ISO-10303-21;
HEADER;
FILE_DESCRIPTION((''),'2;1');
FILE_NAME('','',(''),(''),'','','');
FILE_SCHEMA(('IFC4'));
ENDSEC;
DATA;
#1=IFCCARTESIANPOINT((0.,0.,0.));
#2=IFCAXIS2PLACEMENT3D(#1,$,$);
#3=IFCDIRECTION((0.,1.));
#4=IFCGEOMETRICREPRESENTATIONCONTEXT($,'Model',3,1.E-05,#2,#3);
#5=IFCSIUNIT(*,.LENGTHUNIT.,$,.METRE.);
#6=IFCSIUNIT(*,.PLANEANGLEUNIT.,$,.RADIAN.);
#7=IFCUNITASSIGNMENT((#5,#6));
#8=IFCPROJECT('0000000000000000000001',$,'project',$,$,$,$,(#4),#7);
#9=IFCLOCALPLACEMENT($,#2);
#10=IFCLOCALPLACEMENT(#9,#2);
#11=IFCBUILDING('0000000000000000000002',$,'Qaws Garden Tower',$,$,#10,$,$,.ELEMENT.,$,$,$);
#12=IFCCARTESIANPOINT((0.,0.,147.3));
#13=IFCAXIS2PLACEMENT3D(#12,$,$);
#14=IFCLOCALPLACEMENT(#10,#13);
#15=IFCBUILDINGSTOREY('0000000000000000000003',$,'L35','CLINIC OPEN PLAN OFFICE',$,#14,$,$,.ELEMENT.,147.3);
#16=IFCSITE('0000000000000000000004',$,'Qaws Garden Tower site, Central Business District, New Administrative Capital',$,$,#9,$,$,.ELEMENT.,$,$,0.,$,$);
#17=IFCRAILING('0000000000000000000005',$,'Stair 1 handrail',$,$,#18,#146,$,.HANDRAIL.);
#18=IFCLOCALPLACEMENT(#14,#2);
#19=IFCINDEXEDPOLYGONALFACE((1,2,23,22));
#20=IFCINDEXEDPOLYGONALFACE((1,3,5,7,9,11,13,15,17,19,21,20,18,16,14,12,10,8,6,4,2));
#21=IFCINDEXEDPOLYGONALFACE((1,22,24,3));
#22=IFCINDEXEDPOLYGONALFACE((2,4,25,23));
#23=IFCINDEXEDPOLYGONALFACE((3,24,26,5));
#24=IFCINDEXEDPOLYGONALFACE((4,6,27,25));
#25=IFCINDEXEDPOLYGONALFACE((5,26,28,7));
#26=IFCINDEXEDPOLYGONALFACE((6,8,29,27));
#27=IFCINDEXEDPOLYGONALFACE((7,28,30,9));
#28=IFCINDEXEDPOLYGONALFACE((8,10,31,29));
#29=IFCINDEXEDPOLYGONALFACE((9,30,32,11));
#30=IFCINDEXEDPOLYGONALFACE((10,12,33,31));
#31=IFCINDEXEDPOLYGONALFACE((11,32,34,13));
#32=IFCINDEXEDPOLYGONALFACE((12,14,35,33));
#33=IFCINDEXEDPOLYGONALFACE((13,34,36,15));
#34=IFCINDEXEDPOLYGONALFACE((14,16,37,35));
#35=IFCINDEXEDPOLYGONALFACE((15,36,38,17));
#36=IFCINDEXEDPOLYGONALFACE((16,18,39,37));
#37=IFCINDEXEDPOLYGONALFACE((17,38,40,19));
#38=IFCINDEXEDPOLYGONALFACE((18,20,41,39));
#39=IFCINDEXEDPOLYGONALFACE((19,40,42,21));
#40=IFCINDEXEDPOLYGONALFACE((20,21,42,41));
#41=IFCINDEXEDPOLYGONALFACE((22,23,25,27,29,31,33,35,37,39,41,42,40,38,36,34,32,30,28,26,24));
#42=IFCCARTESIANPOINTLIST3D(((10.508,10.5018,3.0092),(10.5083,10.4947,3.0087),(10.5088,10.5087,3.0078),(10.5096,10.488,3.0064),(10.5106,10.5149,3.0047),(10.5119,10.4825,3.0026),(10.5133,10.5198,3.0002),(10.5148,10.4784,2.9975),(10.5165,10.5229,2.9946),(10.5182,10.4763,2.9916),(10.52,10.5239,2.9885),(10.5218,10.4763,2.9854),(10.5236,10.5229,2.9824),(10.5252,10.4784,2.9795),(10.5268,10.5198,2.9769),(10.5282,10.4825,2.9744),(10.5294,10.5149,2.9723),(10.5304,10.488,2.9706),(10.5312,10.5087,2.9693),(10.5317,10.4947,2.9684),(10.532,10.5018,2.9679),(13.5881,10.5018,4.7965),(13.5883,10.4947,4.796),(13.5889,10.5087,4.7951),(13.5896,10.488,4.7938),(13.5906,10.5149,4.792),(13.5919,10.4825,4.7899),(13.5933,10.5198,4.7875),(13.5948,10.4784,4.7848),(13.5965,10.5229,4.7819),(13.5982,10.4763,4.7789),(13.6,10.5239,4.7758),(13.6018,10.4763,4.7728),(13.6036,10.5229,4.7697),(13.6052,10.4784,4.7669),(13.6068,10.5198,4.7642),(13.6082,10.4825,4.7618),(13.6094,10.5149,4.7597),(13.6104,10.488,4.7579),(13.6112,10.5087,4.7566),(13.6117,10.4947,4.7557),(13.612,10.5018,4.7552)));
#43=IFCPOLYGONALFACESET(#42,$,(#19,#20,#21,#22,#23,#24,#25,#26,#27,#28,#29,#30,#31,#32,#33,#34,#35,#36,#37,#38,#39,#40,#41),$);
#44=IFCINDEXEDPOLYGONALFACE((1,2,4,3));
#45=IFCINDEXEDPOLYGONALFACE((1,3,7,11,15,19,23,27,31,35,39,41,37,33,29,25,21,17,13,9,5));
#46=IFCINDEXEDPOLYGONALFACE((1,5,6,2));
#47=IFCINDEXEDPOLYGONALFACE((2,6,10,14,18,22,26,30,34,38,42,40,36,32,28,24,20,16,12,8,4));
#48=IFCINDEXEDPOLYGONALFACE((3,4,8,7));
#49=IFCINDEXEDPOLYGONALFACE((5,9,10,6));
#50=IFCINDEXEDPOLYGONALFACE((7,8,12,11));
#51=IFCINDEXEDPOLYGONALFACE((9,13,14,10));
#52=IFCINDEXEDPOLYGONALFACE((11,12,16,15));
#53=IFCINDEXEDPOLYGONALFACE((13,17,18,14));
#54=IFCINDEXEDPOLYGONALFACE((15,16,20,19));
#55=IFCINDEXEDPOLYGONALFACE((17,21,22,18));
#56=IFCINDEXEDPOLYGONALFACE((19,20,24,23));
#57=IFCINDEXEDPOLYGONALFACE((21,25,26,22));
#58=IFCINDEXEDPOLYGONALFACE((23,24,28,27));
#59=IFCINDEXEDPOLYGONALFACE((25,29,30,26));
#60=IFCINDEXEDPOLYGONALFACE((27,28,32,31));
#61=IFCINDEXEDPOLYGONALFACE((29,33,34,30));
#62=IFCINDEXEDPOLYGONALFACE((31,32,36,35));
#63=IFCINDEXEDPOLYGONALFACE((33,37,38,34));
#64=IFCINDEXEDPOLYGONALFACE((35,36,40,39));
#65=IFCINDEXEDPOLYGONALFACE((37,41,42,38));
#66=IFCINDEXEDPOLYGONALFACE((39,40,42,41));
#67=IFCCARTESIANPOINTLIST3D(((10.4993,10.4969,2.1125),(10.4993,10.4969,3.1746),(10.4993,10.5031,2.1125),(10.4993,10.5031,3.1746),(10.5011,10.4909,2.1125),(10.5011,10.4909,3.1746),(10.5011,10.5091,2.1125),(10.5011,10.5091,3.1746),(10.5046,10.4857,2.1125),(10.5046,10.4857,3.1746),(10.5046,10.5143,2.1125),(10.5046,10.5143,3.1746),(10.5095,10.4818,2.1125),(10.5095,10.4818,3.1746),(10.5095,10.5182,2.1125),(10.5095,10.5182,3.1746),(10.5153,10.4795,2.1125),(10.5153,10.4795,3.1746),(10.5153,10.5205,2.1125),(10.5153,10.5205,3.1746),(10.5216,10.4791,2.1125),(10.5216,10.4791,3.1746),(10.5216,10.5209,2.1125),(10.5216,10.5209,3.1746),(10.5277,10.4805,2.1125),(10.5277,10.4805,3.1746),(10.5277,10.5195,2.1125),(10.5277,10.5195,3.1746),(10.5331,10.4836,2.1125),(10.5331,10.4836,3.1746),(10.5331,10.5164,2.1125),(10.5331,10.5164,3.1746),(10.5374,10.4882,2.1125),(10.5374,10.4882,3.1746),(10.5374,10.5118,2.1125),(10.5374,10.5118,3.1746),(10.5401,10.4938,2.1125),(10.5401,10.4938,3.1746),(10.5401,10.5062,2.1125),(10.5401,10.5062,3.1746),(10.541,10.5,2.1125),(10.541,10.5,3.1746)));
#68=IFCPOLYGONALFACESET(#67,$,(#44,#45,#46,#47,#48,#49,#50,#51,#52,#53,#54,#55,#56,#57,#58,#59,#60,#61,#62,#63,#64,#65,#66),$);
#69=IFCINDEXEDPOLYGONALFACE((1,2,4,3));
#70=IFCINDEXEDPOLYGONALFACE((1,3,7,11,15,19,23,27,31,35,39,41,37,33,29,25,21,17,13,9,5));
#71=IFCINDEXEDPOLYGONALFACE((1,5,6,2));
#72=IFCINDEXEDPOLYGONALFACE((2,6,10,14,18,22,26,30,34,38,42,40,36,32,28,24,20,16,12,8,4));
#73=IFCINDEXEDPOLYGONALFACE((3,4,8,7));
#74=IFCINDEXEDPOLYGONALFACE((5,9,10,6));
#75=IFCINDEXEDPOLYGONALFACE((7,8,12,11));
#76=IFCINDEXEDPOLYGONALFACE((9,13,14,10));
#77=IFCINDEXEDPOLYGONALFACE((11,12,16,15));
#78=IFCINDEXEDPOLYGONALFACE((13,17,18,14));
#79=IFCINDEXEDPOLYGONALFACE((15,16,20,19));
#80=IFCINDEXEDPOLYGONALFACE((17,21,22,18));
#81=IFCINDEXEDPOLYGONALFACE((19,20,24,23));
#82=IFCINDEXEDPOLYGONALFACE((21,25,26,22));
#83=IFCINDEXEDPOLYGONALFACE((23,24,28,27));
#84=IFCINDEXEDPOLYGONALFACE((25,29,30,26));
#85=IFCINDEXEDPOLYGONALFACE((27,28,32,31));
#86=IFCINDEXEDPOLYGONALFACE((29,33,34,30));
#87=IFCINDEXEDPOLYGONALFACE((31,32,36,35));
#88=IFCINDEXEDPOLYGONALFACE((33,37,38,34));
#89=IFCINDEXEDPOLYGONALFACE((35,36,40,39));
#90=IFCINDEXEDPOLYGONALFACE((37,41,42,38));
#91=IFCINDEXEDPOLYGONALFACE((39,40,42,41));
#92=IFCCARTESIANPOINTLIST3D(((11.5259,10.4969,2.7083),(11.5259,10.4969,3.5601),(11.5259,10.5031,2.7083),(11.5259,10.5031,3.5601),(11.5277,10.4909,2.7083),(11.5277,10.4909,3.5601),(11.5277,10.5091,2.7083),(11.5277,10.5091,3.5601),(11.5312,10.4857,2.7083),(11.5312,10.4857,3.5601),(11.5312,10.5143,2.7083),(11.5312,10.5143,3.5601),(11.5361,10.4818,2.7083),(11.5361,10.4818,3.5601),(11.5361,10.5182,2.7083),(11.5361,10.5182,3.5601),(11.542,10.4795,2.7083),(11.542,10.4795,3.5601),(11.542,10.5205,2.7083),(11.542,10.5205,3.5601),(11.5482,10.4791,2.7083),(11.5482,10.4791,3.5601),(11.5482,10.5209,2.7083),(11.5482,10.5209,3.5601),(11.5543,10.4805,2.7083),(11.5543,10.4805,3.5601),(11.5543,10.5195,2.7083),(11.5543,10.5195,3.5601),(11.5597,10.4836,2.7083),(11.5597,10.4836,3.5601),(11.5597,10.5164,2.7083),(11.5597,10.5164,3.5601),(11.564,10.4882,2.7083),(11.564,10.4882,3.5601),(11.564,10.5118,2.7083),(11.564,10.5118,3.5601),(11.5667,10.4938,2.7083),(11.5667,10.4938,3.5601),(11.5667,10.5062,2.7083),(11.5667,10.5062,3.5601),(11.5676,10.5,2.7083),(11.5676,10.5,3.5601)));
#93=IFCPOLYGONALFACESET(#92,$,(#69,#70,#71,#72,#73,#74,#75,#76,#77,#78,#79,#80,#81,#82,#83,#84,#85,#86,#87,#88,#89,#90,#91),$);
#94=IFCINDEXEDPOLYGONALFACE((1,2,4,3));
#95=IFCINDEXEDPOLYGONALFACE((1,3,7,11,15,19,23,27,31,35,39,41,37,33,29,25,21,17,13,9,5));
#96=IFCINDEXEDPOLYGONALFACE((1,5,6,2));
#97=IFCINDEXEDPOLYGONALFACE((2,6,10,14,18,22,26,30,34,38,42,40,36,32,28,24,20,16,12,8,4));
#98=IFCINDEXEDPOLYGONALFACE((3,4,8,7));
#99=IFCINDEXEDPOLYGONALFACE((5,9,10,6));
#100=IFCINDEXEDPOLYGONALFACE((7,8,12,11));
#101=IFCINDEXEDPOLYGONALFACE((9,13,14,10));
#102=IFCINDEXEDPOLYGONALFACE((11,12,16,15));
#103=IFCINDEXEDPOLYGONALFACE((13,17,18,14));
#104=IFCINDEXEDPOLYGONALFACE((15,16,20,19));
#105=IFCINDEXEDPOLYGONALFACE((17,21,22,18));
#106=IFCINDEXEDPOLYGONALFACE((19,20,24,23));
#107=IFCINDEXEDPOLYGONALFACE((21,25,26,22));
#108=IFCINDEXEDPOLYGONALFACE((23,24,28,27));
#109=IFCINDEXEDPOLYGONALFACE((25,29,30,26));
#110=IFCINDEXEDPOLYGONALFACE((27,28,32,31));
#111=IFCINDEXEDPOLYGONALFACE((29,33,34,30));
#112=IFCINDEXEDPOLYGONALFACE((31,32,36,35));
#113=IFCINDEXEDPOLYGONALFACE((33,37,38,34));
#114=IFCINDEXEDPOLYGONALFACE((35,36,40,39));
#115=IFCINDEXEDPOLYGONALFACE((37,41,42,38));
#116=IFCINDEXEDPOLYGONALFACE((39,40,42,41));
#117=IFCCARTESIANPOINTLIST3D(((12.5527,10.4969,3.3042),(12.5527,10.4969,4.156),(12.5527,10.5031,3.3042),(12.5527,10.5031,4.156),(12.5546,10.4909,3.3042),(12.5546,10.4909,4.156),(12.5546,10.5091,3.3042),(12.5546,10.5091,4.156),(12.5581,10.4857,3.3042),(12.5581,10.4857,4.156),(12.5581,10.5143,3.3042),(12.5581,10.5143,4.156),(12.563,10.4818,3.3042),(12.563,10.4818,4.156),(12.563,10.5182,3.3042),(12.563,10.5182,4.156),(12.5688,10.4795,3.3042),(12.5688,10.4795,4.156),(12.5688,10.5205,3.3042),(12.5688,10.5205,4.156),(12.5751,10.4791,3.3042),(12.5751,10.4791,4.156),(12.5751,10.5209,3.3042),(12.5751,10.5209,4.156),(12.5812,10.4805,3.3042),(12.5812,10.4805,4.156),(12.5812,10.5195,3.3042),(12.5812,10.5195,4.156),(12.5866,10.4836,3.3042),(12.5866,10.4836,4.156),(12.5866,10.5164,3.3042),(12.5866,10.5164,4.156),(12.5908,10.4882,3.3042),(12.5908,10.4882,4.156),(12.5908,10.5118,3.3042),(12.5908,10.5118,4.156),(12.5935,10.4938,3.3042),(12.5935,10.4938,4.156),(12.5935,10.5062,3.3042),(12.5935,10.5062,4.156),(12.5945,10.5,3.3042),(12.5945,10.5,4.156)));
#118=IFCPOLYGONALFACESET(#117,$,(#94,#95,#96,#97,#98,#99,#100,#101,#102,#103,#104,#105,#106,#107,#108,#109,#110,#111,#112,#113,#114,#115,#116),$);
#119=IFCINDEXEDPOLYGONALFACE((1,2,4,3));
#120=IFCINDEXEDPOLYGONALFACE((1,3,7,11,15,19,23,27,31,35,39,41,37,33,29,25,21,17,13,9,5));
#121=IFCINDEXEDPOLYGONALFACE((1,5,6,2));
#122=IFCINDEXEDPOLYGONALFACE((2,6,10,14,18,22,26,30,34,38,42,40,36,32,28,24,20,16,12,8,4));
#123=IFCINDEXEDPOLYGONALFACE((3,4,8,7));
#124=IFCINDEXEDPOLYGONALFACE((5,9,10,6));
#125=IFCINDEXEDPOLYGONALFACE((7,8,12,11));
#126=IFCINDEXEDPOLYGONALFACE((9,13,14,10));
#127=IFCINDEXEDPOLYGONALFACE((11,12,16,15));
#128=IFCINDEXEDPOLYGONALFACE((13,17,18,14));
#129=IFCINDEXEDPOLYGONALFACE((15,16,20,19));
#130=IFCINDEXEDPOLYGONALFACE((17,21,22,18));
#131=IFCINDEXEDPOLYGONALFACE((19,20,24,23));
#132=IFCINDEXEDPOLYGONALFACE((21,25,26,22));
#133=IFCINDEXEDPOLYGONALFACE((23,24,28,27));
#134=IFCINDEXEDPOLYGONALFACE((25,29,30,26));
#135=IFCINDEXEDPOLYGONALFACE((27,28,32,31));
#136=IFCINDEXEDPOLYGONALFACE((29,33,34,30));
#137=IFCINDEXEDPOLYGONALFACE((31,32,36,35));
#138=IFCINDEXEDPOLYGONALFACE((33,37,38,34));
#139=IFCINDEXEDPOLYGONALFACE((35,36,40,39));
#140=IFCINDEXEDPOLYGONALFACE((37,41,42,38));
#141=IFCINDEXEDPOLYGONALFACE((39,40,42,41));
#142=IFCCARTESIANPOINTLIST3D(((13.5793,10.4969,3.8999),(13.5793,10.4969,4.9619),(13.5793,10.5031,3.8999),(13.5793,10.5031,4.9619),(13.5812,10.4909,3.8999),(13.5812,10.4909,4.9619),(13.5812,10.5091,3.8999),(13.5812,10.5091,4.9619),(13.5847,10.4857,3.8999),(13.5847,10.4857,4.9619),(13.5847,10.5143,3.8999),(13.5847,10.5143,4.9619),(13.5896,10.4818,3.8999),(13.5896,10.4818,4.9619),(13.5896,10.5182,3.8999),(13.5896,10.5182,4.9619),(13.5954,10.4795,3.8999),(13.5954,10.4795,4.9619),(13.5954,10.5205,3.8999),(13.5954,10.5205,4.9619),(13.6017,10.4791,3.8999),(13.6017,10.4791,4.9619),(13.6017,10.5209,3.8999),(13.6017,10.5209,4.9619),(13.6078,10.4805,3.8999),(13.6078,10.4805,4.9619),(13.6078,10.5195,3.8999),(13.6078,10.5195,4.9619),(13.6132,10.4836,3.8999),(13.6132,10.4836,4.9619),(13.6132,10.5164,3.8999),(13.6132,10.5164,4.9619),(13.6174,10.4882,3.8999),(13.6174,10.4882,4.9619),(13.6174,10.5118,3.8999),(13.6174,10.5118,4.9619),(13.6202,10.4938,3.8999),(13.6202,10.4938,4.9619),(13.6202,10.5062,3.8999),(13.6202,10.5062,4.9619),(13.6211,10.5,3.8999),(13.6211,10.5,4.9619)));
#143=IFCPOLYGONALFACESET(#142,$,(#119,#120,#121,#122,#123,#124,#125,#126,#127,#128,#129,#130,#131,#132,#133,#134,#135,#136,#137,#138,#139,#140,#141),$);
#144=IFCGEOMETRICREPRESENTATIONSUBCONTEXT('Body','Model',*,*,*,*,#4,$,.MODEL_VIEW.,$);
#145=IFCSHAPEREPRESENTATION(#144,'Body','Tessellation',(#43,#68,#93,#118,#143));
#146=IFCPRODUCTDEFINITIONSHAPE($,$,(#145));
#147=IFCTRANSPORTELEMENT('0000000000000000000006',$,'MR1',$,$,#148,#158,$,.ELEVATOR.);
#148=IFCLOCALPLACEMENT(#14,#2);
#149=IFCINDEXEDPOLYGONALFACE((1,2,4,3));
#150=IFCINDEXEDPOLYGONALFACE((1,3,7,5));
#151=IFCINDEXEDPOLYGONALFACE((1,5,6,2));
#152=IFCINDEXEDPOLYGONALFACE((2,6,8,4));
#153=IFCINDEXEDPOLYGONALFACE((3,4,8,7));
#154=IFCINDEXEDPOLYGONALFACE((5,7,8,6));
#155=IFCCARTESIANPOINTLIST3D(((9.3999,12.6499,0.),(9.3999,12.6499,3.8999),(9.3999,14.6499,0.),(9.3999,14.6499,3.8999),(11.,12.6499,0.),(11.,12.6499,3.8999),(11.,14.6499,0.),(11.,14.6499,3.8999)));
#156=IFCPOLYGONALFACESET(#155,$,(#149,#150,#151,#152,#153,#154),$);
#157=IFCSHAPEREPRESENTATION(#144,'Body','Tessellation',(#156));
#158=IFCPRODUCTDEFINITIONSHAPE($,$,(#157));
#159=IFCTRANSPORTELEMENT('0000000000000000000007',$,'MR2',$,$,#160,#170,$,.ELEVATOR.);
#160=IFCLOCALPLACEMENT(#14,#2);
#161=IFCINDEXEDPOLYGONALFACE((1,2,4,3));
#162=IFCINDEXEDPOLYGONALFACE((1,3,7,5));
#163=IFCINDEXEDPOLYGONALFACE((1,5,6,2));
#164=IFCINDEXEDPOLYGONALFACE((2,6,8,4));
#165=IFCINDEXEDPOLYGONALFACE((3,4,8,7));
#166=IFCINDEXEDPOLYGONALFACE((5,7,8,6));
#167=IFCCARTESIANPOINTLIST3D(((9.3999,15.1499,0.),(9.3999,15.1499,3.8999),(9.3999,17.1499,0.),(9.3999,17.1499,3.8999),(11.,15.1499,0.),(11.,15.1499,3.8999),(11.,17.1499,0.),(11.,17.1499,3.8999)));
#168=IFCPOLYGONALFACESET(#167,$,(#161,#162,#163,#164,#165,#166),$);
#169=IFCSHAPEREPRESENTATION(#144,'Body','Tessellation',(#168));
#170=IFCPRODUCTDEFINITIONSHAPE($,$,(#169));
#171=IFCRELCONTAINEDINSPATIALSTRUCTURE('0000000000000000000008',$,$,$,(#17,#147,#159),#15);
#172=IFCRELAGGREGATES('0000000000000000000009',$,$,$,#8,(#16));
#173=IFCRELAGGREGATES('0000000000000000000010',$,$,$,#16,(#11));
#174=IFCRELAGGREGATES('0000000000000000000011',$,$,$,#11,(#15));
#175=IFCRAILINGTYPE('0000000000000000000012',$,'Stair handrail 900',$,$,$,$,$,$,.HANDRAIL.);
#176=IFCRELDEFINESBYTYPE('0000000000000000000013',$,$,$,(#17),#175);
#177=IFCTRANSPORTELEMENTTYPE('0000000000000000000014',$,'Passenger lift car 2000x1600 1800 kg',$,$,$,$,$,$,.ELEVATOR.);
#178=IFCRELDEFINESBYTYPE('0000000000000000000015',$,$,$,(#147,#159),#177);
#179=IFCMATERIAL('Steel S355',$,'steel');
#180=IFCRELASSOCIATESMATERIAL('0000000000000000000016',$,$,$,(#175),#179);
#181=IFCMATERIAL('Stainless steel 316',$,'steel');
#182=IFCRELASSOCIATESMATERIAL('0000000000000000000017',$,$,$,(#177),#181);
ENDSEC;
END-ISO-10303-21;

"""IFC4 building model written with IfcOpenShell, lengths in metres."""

from ifc_helpers import new_model, si_unit, direction, frame, origin, origin_2d, place, context, subcontext, project, spatial, rectangle, circle, extrude, material, type_object, element, save


model = new_model("IFC4")

# Units and contexts
model_context = context("Model", 3, precision=1e-05, world=origin(), true_north=direction((0.0, 1.0)))
body_context = subcontext(model_context, "Body", "Model", "MODEL_VIEW")
ifc_project = project(units=[si_unit("LENGTHUNIT", "METRE"), si_unit("PLANEANGLEUNIT", "RADIAN")], contexts=[model_context])

# Site, building, storey
site_placement = place(None, origin())
site = spatial("IfcSite", under=ifc_project, at=site_placement, Name="Qaws Garden Tower site, Central Business District, New Administrative Capital", CompositionType="ELEMENT", RefElevation=0.0)
building_placement = place(site_placement, origin())
building = spatial("IfcBuilding", under=site, at=building_placement, Name="Qaws Garden Tower", CompositionType="ELEMENT")
storey_placement = place(building_placement, frame((0.0, 0.0, 147.3)))
storey = spatial("IfcBuildingStorey", under=building, at=storey_placement, Name="L35", Description="CLINIC OPEN PLAN OFFICE", CompositionType="ELEMENT", Elevation=147.3)

# Railing
ifc_material_1 = material(Name="Steel S355", Category="steel")
railing_type = type_object("IfcRailingType", Name="Stair handrail 900", PredefinedType="HANDRAIL", material=ifc_material_1)
railing_1_placement = place(storey_placement, frame((10.52, 10.5, 2.1125)))
element("IfcRailing", 1, at=railing_1_placement, inside=storey, type_object=railing_type, Name="Stair 1 handrail", PredefinedType="HANDRAIL", context=body_context, shape_type="SweptSolid", body=[
    extrude(circle(Radius=0.0239, at=origin_2d()), frame((0.0, 0.0, 0.876), z_axis=(0.86492, 0.0, 0.501909), x_axis=(0.0, 1.0, 0.0)), (0.0, 0.0, 1.0), 3.561),
    extrude(circle(Radius=0.021, at=origin_2d()), origin(), (0.0, 0.0, 1.0), 1.062),
    extrude(circle(Radius=0.021, at=origin_2d()), frame((1.0266, 0.0, 0.5957)), (0.0, 0.0, 1.0), 0.8518),
    extrude(circle(Radius=0.021, at=origin_2d()), frame((2.0535, 0.0, 1.1917)), (0.0, 0.0, 1.0), 0.8518),
    extrude(circle(Radius=0.021, at=origin_2d()), frame((3.0801, 0.0, 1.7874)), (0.0, 0.0, 1.0), 1.062),
])

# Transport elements
ifc_material_2 = material(Name="Stainless steel 316", Category="steel")
transport_element_type = type_object("IfcTransportElementType", Name="Passenger lift car 2000x1600 1800 kg", PredefinedType="ELEVATOR", material=ifc_material_2)
for number, where, z_axis, x_axis, name in (
    (2, (10.2, 13.6499, 0.0), (0.0, 0.0, 1.0), (1.0, 0.0, 0.0), "MR1"),
    (3, (10.2, 16.1499, 0.0), (0.0, 0.0, 1.0), (1.0, 0.0, 0.0), "MR2"),
):
    element("IfcTransportElement", number, at=place(storey_placement, frame(where, z_axis=z_axis, x_axis=x_axis)), inside=storey, type_object=transport_element_type, Name=name, PredefinedType="ELEVATOR", context=body_context, shape_type="SweptSolid", body=[
        extrude(rectangle(XDim=1.6001, YDim=2.0, at=origin_2d()), origin(), (0.0, 0.0, 1.0), 3.8999),
    ])

save(model, "model.ifc")
